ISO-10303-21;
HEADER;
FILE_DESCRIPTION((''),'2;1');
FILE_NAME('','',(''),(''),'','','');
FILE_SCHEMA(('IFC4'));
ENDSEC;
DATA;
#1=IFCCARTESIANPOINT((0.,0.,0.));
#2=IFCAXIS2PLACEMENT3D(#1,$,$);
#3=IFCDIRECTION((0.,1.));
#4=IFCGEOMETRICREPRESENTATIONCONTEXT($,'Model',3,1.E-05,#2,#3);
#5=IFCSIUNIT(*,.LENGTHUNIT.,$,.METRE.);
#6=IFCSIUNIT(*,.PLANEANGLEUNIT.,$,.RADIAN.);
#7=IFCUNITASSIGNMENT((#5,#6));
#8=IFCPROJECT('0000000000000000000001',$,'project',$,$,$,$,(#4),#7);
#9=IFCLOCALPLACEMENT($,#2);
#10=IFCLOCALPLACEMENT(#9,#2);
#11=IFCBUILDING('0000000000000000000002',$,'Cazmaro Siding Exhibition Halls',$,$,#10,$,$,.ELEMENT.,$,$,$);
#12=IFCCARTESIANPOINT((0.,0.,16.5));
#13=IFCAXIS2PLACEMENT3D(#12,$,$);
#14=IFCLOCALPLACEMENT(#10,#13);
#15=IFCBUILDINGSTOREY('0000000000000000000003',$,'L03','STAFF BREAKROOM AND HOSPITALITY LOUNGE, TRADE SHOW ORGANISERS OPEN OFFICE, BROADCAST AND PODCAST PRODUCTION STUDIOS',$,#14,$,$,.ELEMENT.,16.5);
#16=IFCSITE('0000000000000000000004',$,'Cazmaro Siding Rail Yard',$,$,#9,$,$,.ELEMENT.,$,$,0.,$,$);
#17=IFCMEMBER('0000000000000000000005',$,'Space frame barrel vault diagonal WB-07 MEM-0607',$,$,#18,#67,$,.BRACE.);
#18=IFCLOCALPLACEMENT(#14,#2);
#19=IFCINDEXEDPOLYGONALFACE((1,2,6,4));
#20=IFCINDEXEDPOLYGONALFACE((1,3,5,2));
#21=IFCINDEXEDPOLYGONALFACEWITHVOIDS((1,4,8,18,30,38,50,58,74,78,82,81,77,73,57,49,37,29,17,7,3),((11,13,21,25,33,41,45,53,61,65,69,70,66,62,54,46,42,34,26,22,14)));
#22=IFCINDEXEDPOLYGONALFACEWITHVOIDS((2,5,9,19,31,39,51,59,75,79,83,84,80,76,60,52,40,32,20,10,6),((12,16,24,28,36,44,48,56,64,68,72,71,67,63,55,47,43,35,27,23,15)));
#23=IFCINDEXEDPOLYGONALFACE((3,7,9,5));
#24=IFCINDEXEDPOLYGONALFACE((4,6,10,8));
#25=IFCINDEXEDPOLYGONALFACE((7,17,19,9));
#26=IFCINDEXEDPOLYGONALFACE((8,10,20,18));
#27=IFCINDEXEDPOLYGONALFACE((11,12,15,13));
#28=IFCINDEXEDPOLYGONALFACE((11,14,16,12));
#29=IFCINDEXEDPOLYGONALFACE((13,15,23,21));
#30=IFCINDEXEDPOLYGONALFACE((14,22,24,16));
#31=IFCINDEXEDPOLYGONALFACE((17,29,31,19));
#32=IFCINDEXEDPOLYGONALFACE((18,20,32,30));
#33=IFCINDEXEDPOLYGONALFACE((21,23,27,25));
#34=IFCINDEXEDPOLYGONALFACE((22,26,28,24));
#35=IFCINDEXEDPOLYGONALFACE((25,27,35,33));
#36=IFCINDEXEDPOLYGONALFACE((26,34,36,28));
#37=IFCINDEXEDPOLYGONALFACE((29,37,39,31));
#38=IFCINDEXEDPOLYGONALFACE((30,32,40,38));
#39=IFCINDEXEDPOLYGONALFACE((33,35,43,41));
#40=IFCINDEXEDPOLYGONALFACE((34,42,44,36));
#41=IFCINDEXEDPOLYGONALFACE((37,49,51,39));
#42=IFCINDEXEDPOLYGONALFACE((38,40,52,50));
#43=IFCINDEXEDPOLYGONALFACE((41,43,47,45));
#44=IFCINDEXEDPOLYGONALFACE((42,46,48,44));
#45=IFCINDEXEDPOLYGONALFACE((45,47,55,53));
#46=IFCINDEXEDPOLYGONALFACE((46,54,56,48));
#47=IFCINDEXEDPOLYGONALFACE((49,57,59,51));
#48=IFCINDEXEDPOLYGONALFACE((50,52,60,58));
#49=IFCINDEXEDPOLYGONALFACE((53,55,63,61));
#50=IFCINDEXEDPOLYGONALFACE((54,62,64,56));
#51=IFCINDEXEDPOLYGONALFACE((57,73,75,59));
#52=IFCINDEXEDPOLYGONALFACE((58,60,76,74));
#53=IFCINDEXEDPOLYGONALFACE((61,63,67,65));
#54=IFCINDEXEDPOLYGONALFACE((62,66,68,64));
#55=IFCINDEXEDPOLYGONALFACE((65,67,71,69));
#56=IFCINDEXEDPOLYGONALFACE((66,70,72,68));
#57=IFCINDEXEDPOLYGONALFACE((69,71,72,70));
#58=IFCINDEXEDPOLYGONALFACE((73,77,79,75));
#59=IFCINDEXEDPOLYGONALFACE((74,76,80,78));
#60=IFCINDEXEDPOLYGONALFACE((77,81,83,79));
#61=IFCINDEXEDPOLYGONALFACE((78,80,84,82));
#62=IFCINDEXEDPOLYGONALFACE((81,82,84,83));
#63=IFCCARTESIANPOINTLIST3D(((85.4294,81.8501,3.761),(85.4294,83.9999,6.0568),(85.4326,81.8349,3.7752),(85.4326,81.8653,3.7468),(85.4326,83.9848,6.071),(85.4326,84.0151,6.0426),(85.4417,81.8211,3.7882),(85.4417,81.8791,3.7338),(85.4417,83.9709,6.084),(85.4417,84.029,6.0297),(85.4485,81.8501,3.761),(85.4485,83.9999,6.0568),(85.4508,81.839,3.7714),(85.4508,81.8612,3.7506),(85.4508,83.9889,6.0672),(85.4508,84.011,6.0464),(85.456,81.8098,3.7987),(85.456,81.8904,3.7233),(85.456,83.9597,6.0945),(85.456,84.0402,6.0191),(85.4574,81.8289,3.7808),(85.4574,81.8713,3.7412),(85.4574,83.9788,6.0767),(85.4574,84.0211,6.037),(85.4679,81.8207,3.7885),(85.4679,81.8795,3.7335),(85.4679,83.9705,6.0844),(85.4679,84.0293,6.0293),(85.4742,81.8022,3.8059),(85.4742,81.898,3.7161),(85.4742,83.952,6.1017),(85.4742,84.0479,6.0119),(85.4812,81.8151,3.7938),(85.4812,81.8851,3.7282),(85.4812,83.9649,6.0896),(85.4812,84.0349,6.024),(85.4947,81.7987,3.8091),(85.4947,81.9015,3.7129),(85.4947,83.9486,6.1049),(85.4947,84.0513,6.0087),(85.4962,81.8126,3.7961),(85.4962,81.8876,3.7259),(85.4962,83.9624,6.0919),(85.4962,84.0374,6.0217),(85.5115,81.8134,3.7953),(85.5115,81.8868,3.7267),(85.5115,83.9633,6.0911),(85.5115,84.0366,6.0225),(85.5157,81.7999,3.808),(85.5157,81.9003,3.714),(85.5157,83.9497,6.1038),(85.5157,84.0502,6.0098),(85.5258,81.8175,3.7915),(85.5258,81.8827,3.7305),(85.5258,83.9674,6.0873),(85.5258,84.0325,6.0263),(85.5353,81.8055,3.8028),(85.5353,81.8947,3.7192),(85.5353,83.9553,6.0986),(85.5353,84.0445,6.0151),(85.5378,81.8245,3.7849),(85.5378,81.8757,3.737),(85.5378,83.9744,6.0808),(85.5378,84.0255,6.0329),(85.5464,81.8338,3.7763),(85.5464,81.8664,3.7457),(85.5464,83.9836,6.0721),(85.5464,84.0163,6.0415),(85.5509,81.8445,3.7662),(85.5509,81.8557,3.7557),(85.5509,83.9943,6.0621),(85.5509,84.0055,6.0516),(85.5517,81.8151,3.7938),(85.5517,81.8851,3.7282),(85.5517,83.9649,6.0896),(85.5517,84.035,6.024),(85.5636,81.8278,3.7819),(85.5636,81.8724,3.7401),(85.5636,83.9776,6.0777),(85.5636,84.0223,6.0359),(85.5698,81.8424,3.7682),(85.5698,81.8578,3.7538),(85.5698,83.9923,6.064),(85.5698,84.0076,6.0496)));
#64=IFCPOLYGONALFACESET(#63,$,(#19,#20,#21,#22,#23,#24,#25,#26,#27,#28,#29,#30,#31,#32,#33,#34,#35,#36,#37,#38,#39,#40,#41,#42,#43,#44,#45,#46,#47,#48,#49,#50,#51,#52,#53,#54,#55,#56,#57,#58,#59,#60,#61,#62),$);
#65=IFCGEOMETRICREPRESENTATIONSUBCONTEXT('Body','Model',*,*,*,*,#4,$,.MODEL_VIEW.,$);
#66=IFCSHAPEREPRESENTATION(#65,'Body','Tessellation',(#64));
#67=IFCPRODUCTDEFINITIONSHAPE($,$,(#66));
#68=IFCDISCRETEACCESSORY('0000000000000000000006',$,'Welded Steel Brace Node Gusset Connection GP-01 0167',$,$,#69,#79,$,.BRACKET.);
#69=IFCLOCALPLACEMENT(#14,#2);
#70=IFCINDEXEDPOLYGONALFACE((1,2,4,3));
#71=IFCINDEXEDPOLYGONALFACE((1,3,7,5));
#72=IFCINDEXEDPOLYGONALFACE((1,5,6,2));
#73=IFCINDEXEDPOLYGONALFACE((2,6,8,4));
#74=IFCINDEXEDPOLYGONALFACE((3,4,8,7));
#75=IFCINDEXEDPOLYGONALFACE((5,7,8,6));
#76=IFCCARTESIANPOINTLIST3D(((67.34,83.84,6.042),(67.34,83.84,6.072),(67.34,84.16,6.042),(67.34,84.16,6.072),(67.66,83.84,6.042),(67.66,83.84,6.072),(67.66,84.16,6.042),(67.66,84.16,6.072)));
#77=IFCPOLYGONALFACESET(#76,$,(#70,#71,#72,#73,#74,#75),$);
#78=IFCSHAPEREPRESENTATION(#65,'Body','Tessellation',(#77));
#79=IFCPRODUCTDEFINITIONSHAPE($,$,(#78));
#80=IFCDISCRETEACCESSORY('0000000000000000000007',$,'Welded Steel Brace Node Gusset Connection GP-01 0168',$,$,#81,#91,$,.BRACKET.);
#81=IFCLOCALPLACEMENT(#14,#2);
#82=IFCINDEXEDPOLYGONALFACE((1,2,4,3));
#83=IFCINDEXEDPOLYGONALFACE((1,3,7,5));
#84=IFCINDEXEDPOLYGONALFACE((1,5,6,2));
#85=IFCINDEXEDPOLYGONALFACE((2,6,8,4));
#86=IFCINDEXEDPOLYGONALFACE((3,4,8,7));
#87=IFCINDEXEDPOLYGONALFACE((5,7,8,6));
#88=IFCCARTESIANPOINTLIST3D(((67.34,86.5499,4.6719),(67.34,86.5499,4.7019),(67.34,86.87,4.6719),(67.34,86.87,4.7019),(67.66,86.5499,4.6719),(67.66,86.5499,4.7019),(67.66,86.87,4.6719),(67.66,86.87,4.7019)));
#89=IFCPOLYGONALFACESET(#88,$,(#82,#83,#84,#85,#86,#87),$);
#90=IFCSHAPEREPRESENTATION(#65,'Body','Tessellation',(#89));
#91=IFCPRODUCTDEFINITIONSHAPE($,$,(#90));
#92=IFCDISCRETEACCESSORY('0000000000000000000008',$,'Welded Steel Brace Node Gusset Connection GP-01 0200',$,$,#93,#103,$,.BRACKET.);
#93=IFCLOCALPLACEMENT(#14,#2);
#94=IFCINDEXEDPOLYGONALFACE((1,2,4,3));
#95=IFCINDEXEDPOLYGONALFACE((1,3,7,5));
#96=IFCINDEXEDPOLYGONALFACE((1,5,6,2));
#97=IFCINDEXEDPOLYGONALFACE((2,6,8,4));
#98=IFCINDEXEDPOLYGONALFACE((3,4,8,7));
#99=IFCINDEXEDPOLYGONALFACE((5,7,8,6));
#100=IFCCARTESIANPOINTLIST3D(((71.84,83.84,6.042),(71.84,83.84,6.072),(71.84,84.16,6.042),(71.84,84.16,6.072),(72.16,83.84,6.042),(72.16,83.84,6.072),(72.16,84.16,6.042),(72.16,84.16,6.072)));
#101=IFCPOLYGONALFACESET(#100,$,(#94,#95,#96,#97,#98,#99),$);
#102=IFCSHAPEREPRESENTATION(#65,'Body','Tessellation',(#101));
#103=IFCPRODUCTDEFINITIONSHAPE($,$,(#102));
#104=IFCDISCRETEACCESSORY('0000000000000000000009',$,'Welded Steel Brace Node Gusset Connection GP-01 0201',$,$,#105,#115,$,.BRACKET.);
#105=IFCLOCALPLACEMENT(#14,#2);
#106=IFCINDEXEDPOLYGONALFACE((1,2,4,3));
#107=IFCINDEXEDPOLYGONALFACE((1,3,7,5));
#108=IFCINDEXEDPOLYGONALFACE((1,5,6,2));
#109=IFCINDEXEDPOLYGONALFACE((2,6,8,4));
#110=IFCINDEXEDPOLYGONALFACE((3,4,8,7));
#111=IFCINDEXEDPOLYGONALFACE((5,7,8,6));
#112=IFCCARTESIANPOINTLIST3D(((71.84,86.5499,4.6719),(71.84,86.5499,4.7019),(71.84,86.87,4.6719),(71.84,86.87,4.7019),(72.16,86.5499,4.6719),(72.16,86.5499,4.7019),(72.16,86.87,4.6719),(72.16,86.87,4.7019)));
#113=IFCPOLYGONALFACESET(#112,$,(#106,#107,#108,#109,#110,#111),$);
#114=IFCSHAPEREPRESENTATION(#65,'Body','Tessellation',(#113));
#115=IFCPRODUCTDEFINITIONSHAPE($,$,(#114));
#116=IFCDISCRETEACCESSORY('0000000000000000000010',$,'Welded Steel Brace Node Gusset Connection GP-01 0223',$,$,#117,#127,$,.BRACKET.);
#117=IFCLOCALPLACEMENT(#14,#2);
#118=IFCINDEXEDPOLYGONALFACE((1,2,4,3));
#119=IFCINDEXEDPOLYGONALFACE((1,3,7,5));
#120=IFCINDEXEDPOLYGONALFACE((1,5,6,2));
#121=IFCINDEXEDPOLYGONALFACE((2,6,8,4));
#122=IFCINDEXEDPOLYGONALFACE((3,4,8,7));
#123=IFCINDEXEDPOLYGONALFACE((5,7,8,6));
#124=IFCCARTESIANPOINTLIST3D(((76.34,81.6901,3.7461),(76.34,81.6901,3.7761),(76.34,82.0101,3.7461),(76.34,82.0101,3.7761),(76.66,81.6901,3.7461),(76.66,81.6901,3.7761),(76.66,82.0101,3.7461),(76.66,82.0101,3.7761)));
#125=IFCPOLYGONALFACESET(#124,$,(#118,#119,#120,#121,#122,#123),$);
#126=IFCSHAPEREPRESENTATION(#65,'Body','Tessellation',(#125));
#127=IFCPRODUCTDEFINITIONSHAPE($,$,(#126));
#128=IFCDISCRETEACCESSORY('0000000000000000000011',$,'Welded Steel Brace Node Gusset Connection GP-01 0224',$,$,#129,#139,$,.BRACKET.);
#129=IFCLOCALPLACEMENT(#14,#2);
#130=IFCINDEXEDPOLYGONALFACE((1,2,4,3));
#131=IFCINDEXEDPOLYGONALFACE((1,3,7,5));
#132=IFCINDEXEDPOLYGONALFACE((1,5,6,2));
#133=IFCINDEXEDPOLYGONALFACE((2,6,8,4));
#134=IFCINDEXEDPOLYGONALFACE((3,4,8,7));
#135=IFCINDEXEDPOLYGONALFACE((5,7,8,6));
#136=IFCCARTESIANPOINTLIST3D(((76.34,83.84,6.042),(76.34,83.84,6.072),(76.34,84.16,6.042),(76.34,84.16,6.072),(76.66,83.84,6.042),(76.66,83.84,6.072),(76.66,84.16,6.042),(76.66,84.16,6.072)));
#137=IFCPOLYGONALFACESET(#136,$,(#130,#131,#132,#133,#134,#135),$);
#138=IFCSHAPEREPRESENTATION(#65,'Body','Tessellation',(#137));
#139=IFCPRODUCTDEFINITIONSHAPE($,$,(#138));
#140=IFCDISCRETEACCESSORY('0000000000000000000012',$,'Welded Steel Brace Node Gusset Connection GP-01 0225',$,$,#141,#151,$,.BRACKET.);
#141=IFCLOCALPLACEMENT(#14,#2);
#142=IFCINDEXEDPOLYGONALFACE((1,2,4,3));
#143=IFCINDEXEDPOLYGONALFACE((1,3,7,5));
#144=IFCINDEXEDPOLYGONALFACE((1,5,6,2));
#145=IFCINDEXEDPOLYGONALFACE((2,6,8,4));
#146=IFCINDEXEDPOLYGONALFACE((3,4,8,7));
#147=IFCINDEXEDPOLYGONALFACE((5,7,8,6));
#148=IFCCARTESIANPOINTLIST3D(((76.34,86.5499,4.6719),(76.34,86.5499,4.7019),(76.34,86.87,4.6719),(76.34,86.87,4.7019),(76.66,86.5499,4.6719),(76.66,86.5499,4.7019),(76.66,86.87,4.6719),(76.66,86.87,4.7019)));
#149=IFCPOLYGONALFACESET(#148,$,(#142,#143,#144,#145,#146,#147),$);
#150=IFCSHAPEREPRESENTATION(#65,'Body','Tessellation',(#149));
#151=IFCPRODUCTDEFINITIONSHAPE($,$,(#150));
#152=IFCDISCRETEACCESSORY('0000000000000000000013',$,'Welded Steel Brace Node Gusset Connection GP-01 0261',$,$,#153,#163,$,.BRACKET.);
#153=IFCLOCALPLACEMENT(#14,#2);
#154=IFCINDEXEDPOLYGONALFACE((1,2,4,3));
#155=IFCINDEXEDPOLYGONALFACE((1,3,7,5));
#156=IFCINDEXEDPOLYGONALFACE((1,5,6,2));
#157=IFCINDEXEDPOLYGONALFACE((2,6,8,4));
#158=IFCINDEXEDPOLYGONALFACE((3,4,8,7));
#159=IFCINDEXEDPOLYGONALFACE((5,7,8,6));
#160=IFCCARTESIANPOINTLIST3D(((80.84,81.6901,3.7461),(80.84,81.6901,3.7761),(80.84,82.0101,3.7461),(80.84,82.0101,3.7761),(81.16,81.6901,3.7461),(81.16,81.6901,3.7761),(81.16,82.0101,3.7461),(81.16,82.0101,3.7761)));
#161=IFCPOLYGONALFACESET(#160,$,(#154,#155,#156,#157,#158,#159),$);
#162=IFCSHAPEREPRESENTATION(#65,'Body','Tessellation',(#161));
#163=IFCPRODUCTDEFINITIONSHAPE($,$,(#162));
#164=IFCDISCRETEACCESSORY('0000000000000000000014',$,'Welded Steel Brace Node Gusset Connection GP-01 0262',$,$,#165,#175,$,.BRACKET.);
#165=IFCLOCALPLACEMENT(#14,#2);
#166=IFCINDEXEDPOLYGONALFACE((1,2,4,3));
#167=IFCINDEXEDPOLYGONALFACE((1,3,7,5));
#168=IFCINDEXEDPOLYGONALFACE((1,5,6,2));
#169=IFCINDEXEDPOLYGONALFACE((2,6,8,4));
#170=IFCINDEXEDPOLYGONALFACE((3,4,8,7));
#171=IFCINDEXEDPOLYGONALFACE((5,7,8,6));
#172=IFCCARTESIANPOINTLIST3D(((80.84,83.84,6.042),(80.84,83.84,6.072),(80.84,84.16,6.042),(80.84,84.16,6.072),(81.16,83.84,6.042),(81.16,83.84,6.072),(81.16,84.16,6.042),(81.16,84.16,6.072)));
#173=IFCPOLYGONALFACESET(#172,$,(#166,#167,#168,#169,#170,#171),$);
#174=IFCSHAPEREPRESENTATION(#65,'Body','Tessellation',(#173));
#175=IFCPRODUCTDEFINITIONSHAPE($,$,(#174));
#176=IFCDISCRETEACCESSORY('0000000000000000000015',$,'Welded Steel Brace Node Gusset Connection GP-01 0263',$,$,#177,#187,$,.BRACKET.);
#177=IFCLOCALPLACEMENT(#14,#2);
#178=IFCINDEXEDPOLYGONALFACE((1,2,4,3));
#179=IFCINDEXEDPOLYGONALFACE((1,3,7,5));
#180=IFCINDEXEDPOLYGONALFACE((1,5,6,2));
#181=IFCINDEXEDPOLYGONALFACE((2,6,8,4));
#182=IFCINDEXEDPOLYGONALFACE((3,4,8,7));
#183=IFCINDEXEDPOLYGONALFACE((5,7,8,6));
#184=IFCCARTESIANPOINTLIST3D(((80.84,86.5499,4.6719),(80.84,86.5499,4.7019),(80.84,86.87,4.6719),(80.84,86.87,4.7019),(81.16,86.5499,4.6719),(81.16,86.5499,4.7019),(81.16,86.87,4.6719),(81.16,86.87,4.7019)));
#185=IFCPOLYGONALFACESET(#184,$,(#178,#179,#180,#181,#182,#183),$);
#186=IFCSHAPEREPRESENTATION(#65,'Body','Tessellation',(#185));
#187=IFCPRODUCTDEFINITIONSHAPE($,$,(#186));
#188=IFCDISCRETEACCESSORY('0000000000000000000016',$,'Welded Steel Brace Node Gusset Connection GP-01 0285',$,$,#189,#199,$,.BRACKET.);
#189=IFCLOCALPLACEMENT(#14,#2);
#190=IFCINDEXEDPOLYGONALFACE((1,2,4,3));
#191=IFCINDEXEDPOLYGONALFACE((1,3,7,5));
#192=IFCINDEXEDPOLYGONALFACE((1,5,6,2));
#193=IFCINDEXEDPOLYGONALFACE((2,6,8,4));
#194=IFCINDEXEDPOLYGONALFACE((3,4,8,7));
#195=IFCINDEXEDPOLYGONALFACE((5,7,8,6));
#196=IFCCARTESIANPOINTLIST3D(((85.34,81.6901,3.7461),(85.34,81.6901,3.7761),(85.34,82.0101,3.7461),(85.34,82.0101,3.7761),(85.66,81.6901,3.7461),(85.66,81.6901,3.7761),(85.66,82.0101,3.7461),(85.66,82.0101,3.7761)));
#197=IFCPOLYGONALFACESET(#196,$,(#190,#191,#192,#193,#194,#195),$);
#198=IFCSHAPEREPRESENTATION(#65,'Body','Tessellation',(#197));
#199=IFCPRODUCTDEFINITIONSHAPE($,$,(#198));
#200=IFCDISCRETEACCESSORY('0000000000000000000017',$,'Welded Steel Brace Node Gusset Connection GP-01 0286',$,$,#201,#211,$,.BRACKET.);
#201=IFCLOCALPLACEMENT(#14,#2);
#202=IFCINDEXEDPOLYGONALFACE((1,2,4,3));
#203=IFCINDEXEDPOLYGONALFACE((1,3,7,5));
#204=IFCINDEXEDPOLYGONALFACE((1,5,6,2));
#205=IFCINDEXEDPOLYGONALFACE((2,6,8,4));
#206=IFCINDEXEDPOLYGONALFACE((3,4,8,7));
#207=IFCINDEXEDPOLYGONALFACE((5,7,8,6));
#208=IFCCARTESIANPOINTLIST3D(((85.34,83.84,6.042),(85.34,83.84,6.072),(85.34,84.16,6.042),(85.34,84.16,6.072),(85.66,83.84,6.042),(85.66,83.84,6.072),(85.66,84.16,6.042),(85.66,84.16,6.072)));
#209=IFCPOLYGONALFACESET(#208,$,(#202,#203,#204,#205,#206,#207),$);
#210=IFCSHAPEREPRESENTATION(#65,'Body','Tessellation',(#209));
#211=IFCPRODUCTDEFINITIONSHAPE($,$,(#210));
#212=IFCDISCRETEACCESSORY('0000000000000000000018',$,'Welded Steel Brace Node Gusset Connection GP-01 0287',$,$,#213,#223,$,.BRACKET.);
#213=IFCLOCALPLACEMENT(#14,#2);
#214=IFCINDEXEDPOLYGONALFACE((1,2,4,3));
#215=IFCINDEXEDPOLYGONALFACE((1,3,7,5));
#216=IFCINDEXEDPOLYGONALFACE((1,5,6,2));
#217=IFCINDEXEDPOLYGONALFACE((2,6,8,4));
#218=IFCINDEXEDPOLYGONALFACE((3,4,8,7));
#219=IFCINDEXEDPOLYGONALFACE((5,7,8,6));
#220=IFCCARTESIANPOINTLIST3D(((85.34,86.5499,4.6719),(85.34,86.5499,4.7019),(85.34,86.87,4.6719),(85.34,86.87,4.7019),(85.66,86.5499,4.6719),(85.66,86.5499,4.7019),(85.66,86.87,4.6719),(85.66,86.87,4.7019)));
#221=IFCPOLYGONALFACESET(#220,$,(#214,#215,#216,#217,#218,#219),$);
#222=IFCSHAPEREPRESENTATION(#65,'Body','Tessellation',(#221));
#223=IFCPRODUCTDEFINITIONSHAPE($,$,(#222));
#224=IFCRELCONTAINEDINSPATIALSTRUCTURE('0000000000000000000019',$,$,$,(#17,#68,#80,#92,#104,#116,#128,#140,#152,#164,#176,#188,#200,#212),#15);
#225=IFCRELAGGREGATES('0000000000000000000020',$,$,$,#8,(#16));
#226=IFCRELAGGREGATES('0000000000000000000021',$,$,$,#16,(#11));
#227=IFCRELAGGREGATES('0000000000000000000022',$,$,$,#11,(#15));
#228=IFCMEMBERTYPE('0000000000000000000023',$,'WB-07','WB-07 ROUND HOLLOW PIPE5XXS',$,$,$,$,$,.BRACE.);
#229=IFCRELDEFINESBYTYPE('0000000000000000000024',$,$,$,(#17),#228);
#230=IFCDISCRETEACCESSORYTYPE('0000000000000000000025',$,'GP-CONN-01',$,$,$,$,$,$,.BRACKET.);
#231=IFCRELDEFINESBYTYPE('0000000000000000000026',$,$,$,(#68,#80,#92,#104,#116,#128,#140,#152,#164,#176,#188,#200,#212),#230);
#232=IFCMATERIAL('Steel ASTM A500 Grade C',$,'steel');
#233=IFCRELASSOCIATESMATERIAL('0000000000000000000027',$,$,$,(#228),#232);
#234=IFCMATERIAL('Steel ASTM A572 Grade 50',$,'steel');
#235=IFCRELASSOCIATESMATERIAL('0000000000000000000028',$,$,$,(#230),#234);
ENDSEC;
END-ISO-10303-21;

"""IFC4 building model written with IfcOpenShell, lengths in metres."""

from ifc_helpers import new_model, si_unit, direction, frame, origin, origin_2d, place, context, subcontext, project, spatial, rectangle, hollow_circle, extrude, material, material_profile, profile_set, type_object, element, save


model = new_model("IFC4")

# Units and contexts
model_context = context("Model", 3, precision=1e-05, world=origin(), true_north=direction((0.0, 1.0)))
body_context = subcontext(model_context, "Body", "Model", "MODEL_VIEW")
ifc_project = project(units=[si_unit("LENGTHUNIT", "METRE"), si_unit("PLANEANGLEUNIT", "RADIAN")], contexts=[model_context])

# Site, building, storey
site_placement = place(None, origin())
site = spatial("IfcSite", under=ifc_project, at=site_placement, Name="Cazmaro Siding Rail Yard", CompositionType="ELEMENT", RefElevation=0.0)
building_placement = place(site_placement, origin())
building = spatial("IfcBuilding", under=site, at=building_placement, Name="Cazmaro Siding Exhibition Halls", CompositionType="ELEMENT")
storey_placement = place(building_placement, frame((0.0, 0.0, 16.5)))
storey = spatial("IfcBuildingStorey", under=building, at=storey_placement, Name="L03", Description="STAFF BREAKROOM AND HOSPITALITY LOUNGE, TRADE SHOW ORGANISERS OPEN OFFICE, BROADCAST AND PODCAST PRODUCTION STUDIOS", CompositionType="ELEMENT", Elevation=16.5)

# Member
ifc_material_1 = material(Name="Steel ASTM A500 Grade C", Category="steel")
ifc_material_profile_1 = material_profile(ifc_material_1, hollow_circle(Radius=0.0706, WallThickness=0.019, at=origin_2d()), Name="PIPE5XXS")
ifc_profile_set_1 = profile_set([ifc_material_profile_1], Name="Steel ASTM A500 Grade C")
member_type_1 = type_object("IfcMemberType", Name="WB-07", Description="WB-07 ROUND HOLLOW PIPE5XXS", PredefinedType="BRACE", material=ifc_profile_set_1)
for number, where, z_axis, x_axis, name in (
    (1, (85.5, 81.8501, 3.761), (0.0, 0.683518, 0.729934), (-1.0, 0.0, 0.0), "Space frame barrel vault diagonal WB-07 MEM-0607"),
):
    element("IfcMember", number, at=place(storey_placement, frame(where, z_axis=z_axis, x_axis=x_axis)), inside=storey, type_object=member_type_1, Name=name, PredefinedType="BRACE", context=body_context, shape_type="SweptSolid", body=[
        extrude(hollow_circle(Radius=0.0706, WallThickness=0.019, at=origin_2d()), origin(), (0.0, 0.0, 1.0), 3.1453),
    ])

# Discrete accessories
ifc_material_2 = material(Name="Steel ASTM A572 Grade 50", Category="steel")
discrete_accessory_type = type_object("IfcDiscreteAccessoryType", Name="GP-CONN-01", PredefinedType="BRACKET", material=ifc_material_2)
for number, where, z_axis, x_axis, name in (
    (2, (67.5, 84.0, 6.042), (0.0, 0.0, 1.0), (1.0, 0.0, 0.0), "Welded Steel Brace Node Gusset Connection GP-01 0167"),
    (3, (67.5, 86.71, 4.6719), (0.0, 0.0, 1.0), (1.0, 0.0, 0.0), "Welded Steel Brace Node Gusset Connection GP-01 0168"),
    (4, (72.0, 84.0, 6.042), (0.0, 0.0, 1.0), (1.0, 0.0, 0.0), "Welded Steel Brace Node Gusset Connection GP-01 0200"),
    (5, (72.0, 86.71, 4.6719), (0.0, 0.0, 1.0), (1.0, 0.0, 0.0), "Welded Steel Brace Node Gusset Connection GP-01 0201"),
    (6, (76.5, 81.8501, 3.7461), (0.0, 0.0, 1.0), (1.0, 0.0, 0.0), "Welded Steel Brace Node Gusset Connection GP-01 0223"),
    (7, (76.5, 84.0, 6.042), (0.0, 0.0, 1.0), (1.0, 0.0, 0.0), "Welded Steel Brace Node Gusset Connection GP-01 0224"),
    (8, (76.5, 86.71, 4.6719), (0.0, 0.0, 1.0), (1.0, 0.0, 0.0), "Welded Steel Brace Node Gusset Connection GP-01 0225"),
    (9, (81.0, 81.8501, 3.7461), (0.0, 0.0, 1.0), (1.0, 0.0, 0.0), "Welded Steel Brace Node Gusset Connection GP-01 0261"),
    (10, (81.0, 84.0, 6.042), (0.0, 0.0, 1.0), (1.0, 0.0, 0.0), "Welded Steel Brace Node Gusset Connection GP-01 0262"),
    (11, (81.0, 86.71, 4.6719), (0.0, 0.0, 1.0), (1.0, 0.0, 0.0), "Welded Steel Brace Node Gusset Connection GP-01 0263"),
    (12, (85.5, 81.8501, 3.7461), (0.0, 0.0, 1.0), (1.0, 0.0, 0.0), "Welded Steel Brace Node Gusset Connection GP-01 0285"),
    (13, (85.5, 84.0, 6.042), (0.0, 0.0, 1.0), (1.0, 0.0, 0.0), "Welded Steel Brace Node Gusset Connection GP-01 0286"),
    (14, (85.5, 86.71, 4.6719), (0.0, 0.0, 1.0), (1.0, 0.0, 0.0), "Welded Steel Brace Node Gusset Connection GP-01 0287"),
):
    element("IfcDiscreteAccessory", number, at=place(storey_placement, frame(where, z_axis=z_axis, x_axis=x_axis)), inside=storey, type_object=discrete_accessory_type, Name=name, PredefinedType="BRACKET", context=body_context, shape_type="SweptSolid", body=[
        extrude(rectangle(XDim=0.3201, YDim=0.3201, at=origin_2d()), origin(), (0.0, 0.0, 1.0), 0.03),
    ])

save(model, "model.ifc")
